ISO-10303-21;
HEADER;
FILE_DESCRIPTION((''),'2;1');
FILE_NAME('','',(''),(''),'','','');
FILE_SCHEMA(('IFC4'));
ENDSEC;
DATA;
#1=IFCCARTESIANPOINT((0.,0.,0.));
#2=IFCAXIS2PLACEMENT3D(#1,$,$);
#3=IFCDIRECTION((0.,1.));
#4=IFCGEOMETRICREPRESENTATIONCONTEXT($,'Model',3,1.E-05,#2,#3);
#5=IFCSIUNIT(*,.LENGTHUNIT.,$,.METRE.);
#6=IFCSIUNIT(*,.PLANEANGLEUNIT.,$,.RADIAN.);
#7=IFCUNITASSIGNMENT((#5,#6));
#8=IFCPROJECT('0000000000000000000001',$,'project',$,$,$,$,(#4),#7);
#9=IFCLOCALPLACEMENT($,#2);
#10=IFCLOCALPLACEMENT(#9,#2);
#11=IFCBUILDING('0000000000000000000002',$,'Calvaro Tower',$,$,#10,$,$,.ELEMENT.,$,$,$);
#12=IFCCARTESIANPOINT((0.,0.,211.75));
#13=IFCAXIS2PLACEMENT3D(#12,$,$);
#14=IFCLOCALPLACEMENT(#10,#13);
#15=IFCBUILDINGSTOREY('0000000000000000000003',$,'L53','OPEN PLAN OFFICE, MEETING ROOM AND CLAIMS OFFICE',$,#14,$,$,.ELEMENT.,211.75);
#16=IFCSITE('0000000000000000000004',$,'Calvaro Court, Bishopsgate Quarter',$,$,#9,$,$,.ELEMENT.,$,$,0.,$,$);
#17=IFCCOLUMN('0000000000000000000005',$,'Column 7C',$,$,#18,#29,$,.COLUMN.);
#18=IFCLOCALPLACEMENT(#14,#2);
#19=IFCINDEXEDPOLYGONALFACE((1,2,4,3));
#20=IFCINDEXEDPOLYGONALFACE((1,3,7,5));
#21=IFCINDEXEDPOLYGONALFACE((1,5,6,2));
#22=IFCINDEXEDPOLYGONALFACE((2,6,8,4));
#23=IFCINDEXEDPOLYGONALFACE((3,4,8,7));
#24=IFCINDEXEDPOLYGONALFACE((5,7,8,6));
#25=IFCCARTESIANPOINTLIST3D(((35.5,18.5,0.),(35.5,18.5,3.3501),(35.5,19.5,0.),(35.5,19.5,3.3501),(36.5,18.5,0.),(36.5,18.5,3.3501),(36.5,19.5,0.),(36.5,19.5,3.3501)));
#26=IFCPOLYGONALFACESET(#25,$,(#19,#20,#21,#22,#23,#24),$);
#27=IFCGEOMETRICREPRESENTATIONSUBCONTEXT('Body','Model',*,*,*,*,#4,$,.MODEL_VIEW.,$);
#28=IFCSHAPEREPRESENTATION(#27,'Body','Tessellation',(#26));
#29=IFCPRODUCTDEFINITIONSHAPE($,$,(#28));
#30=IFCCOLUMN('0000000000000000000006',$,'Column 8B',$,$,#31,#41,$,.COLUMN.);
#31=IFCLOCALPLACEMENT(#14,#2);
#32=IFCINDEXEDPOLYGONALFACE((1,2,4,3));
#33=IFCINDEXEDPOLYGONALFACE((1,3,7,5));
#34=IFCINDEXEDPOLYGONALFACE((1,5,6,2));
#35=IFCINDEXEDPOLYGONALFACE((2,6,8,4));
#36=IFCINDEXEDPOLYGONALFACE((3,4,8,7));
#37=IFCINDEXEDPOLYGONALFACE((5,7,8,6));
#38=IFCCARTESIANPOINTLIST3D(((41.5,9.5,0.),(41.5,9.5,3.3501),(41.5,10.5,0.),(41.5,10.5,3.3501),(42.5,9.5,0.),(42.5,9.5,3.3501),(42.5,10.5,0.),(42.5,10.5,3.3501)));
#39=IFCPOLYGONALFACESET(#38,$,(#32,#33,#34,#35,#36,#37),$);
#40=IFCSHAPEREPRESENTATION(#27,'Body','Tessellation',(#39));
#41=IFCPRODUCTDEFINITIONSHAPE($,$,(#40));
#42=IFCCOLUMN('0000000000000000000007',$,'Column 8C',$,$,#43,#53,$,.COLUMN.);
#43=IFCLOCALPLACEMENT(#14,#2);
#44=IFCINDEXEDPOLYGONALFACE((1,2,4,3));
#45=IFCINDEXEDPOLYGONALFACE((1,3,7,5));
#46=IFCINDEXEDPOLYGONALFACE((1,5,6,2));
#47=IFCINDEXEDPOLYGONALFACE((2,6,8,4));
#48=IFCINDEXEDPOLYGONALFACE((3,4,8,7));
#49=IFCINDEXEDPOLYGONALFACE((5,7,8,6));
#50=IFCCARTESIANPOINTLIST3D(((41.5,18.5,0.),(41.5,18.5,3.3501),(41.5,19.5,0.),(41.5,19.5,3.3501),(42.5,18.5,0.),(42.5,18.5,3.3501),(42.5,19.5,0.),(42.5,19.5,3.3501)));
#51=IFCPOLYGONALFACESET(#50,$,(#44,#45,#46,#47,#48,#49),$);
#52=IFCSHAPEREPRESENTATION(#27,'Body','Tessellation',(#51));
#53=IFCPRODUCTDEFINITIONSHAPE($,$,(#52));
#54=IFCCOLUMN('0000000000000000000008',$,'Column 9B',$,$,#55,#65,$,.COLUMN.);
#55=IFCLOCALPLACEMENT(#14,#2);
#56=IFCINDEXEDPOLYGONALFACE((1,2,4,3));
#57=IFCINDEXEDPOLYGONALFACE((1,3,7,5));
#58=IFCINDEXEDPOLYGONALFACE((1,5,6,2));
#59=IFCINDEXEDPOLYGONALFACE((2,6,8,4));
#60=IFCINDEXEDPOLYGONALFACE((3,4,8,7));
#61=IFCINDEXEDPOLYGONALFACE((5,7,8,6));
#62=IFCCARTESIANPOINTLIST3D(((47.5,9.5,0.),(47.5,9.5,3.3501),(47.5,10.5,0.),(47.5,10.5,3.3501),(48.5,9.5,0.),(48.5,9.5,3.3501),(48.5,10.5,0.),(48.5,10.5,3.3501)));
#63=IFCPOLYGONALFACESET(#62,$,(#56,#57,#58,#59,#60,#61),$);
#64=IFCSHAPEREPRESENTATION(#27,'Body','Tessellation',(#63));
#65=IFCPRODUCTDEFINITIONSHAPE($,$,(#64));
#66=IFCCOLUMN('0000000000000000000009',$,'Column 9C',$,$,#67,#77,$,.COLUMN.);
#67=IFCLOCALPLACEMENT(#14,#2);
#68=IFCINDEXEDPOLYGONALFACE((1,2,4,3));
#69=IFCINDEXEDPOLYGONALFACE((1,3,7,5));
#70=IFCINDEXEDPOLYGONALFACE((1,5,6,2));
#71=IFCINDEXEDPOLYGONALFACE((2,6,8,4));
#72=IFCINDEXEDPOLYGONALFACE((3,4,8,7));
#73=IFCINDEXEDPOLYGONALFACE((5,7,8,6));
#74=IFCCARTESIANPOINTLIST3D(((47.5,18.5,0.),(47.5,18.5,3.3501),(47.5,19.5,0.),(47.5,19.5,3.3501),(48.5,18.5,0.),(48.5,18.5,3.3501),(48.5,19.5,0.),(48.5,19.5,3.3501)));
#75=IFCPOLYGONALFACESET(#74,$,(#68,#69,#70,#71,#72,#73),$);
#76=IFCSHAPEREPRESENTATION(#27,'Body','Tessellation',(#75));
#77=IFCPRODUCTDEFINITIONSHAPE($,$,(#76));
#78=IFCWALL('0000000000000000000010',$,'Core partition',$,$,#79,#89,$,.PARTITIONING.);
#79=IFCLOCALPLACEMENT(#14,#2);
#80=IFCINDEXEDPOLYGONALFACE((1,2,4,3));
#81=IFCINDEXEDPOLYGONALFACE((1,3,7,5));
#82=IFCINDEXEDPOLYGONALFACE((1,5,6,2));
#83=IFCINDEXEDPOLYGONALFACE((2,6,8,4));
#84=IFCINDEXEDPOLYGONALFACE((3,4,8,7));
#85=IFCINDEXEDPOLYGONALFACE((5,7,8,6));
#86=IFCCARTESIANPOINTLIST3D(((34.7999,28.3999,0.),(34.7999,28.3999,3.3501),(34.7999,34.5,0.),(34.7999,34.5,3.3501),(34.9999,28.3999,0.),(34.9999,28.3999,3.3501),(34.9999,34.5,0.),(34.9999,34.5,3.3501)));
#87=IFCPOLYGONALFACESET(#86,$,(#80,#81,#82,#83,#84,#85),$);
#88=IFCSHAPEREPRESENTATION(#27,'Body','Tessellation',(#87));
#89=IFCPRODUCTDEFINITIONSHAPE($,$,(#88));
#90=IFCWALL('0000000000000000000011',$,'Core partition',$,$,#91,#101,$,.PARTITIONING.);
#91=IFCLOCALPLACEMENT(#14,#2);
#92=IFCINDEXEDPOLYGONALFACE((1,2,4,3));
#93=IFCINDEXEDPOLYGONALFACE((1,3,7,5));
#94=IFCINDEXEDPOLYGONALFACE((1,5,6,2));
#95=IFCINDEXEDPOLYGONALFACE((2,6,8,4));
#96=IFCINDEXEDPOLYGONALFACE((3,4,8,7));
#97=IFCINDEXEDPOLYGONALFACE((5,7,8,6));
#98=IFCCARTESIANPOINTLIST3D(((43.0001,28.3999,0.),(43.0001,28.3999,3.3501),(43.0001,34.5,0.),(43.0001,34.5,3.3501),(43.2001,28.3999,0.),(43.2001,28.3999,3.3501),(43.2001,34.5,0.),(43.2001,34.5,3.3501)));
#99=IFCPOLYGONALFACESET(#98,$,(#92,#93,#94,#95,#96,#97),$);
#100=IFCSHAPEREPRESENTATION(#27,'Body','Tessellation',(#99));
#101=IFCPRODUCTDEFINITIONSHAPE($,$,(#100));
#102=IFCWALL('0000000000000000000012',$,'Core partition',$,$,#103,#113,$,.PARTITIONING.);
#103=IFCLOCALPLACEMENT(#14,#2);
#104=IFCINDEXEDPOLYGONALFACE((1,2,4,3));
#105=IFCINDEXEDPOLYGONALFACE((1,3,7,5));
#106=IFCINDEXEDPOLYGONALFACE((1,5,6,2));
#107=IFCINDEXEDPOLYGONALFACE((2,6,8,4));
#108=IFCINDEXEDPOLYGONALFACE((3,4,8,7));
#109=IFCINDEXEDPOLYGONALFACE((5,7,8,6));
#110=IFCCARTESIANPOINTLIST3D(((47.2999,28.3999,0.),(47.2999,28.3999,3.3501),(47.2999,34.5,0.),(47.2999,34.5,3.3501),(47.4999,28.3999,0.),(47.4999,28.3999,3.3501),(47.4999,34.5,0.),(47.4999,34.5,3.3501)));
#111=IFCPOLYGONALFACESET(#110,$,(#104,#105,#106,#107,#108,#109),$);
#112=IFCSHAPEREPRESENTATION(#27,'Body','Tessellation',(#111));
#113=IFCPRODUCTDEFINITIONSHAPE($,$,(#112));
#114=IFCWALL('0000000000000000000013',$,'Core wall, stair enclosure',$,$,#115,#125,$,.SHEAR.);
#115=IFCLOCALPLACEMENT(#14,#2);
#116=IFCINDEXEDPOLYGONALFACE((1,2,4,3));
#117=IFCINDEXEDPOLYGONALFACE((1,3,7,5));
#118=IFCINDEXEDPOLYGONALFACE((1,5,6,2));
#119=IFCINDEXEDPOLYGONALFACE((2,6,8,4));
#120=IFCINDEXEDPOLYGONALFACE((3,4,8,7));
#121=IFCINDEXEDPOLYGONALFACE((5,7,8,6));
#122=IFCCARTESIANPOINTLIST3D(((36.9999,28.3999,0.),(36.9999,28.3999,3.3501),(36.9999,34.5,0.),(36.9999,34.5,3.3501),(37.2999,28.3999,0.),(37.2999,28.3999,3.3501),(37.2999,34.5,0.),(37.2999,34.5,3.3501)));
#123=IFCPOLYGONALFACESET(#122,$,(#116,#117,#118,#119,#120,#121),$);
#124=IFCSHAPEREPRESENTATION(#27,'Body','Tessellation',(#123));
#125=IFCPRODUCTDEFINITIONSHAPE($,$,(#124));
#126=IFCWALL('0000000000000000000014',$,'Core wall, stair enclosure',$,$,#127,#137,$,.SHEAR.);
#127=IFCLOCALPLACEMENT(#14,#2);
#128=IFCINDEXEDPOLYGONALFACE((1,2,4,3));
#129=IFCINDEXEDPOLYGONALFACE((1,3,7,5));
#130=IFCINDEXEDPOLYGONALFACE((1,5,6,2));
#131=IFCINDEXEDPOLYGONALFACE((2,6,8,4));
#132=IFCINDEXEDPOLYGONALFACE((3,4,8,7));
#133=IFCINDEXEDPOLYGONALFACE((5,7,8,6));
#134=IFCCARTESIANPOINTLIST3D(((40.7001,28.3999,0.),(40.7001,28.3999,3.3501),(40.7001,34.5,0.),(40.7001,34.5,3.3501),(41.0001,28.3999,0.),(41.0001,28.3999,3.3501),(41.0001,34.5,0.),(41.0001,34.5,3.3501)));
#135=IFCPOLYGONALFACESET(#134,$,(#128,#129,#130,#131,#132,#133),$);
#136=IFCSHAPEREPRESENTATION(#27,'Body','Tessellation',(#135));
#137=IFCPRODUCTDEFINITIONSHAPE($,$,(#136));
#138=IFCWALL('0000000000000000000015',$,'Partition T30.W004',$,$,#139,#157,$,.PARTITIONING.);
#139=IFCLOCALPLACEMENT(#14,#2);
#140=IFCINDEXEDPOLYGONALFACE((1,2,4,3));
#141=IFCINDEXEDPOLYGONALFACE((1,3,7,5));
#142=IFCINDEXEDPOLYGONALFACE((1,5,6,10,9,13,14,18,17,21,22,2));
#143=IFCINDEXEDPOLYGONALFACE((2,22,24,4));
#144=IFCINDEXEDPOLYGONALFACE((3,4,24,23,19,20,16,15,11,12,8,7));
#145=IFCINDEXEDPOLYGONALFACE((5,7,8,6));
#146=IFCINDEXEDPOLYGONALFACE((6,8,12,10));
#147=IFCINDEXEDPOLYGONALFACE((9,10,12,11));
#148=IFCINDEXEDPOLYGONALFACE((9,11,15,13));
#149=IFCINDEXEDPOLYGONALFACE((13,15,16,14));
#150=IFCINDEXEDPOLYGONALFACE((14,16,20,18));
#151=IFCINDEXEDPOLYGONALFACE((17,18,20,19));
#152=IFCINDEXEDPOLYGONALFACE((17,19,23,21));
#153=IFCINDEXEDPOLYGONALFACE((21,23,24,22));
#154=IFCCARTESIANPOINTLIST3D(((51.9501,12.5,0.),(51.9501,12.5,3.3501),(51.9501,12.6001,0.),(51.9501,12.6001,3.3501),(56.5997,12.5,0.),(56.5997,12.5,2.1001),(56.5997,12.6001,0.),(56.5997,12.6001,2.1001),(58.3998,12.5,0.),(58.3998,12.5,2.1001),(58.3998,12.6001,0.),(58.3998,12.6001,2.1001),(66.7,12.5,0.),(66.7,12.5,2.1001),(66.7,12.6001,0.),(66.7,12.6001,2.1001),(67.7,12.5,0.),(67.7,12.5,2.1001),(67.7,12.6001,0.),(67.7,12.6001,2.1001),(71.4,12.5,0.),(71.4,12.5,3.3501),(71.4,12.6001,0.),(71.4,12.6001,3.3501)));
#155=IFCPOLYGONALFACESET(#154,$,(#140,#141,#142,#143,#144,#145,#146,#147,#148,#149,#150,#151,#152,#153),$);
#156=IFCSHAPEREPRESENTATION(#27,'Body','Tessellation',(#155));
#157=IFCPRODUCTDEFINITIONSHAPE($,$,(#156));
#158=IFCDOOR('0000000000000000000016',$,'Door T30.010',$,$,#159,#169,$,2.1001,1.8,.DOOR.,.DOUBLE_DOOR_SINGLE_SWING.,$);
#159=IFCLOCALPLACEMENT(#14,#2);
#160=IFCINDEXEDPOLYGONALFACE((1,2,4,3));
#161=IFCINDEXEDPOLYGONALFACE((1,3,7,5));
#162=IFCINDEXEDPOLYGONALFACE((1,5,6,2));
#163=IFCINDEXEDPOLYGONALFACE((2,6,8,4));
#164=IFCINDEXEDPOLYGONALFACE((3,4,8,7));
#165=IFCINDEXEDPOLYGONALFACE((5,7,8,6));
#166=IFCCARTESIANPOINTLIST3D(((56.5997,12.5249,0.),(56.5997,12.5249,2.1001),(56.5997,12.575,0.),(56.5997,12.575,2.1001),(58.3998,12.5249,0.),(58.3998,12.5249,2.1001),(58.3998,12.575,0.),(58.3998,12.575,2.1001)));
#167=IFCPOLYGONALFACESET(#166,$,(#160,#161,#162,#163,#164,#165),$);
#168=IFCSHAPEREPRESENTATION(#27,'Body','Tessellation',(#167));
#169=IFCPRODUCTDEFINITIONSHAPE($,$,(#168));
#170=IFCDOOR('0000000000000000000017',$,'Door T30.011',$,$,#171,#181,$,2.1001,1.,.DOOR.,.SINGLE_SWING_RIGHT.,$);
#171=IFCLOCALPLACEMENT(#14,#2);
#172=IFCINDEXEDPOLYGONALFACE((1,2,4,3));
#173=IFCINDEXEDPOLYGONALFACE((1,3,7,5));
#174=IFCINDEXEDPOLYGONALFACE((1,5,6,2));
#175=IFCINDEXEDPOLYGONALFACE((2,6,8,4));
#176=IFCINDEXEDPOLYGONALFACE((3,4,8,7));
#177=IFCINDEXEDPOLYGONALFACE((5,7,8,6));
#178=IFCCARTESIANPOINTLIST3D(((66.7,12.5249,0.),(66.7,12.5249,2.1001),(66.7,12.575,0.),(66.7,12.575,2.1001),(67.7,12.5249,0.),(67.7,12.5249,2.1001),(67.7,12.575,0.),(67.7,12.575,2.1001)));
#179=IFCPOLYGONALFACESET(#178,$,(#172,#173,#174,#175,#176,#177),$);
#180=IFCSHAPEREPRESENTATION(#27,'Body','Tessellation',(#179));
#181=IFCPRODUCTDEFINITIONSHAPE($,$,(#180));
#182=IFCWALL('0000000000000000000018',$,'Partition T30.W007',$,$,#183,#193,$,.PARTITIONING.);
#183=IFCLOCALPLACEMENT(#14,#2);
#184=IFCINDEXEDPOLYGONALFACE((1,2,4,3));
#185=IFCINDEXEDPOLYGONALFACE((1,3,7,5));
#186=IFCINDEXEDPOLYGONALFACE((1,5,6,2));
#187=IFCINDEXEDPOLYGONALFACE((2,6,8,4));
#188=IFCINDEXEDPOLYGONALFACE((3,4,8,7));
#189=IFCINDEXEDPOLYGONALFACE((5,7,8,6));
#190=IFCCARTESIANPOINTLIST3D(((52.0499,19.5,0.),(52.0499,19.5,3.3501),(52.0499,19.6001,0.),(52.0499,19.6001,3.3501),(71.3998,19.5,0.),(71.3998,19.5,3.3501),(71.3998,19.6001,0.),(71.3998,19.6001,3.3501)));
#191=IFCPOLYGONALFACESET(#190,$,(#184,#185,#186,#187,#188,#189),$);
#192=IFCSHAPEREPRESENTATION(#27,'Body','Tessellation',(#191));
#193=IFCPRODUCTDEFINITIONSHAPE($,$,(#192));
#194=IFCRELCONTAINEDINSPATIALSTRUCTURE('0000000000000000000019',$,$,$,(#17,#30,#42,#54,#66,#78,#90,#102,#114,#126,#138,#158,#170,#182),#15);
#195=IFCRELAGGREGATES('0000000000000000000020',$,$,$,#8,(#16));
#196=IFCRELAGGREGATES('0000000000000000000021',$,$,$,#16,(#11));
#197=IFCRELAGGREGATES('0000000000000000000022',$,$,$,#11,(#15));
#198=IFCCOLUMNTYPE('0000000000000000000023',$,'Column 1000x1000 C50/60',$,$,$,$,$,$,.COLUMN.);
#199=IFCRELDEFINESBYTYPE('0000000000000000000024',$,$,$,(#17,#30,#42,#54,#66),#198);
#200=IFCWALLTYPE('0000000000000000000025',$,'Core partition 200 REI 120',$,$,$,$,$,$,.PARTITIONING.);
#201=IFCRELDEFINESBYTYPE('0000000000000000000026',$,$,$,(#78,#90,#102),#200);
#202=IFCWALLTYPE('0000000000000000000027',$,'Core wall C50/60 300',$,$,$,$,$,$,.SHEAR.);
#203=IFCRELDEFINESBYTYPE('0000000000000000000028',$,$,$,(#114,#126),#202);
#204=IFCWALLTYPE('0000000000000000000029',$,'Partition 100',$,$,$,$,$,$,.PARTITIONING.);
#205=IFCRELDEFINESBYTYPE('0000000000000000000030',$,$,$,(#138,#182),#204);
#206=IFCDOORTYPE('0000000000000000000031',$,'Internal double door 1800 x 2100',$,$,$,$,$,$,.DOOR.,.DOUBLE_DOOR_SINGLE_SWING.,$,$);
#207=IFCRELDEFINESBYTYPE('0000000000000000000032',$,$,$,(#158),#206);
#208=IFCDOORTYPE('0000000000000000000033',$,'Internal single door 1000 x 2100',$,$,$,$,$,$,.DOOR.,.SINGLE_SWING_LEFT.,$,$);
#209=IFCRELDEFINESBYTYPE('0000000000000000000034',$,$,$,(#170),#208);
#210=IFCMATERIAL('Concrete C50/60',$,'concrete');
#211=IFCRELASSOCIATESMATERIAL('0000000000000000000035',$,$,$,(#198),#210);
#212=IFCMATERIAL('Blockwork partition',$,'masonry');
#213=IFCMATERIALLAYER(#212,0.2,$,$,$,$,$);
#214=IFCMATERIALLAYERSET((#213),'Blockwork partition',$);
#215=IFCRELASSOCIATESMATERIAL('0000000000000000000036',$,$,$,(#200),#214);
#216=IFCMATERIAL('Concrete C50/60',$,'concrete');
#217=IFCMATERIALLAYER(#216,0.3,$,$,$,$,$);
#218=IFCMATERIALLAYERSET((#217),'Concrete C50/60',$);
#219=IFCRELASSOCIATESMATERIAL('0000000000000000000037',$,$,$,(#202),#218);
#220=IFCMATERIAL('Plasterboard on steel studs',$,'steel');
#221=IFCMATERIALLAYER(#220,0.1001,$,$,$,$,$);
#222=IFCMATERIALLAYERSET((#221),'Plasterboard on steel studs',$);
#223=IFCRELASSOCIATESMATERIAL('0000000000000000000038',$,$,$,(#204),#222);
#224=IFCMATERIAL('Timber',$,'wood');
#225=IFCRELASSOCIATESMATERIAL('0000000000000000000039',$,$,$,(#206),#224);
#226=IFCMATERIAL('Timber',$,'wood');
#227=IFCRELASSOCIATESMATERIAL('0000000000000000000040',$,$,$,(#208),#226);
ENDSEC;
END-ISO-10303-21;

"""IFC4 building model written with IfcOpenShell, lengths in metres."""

from ifc_helpers import new_model, si_unit, direction, frame, frame_2d, origin, origin_2d, place, context, subcontext, project, spatial, rectangle, extrude, material, layer, layer_set, material_profile, profile_set, type_object, element, fill, save


model = new_model("IFC4")

# Units and contexts
model_context = context("Model", 3, precision=1e-05, world=origin(), true_north=direction((0.0, 1.0)))
body_context = subcontext(model_context, "Body", "Model", "MODEL_VIEW")
ifc_project = project(units=[si_unit("LENGTHUNIT", "METRE"), si_unit("PLANEANGLEUNIT", "RADIAN")], contexts=[model_context])

# Site, building, storey
site_placement = place(None, origin())
site = spatial("IfcSite", under=ifc_project, at=site_placement, Name="Calvaro Court, Bishopsgate Quarter", CompositionType="ELEMENT", RefElevation=0.0)
building_placement = place(site_placement, origin())
building = spatial("IfcBuilding", under=site, at=building_placement, Name="Calvaro Tower", CompositionType="ELEMENT")
storey_placement = place(building_placement, frame((0.0, 0.0, 211.75)))
storey = spatial("IfcBuildingStorey", under=building, at=storey_placement, Name="L53", Description="OPEN PLAN OFFICE, MEETING ROOM AND CLAIMS OFFICE", CompositionType="ELEMENT", Elevation=211.75)

# Columns
ifc_material_1 = material(Name="Concrete C50/60", Category="concrete")
ifc_material_profile = material_profile(ifc_material_1, rectangle(XDim=1.0, YDim=1.0, at=origin_2d()), Name="RC 1000x1000")
ifc_profile_set = profile_set([ifc_material_profile], Name="Concrete C50/60")
column_type = type_object("IfcColumnType", Name="Column 1000x1000 C50/60", PredefinedType="COLUMN", material=ifc_profile_set)
for number, where, z_axis, x_axis, name in (
    (1, (36.0, 19.0, 0.0), (0.0, 0.0, 1.0), (1.0, 0.0, 0.0), "Column 7C"),
    (2, (42.0, 10.0, 0.0), (0.0, 0.0, 1.0), (1.0, 0.0, 0.0), "Column 8B"),
    (3, (42.0, 19.0, 0.0), (0.0, 0.0, 1.0), (1.0, 0.0, 0.0), "Column 8C"),
    (4, (48.0, 10.0, 0.0), (0.0, 0.0, 1.0), (1.0, 0.0, 0.0), "Column 9B"),
    (5, (48.0, 19.0, 0.0), (0.0, 0.0, 1.0), (1.0, 0.0, 0.0), "Column 9C"),
):
    element("IfcColumn", number, at=place(storey_placement, frame(where, z_axis=z_axis, x_axis=x_axis)), inside=storey, type_object=column_type, Name=name, PredefinedType="COLUMN", context=body_context, shape_type="SweptSolid", body=[
        extrude(rectangle(XDim=1.0, YDim=1.0, at=origin_2d()), origin(), (0.0, 0.0, 1.0), 3.3501),
    ])

# Walls
ifc_material_2 = material(Name="Blockwork partition", Category="masonry")
ifc_layer_1 = layer(ifc_material_2, 0.2)
ifc_layer_set_1 = layer_set([ifc_layer_1], Name="Blockwork partition")
wall_type_1 = type_object("IfcWallType", Name="Core partition 200 REI 120", PredefinedType="PARTITIONING", material=ifc_layer_set_1)
for number, where, z_axis, x_axis, name in (
    (6, (34.8999, 28.3999, 0.0), (0.0, 0.0, 1.0), (0.0, 1.0, 0.0), "Core partition"),
    (7, (43.1001, 28.3999, 0.0), (0.0, 0.0, 1.0), (0.0, 1.0, 0.0), "Core partition"),
    (8, (47.3999, 28.3999, 0.0), (0.0, 0.0, 1.0), (0.0, 1.0, 0.0), "Core partition"),
):
    element("IfcWall", number, at=place(storey_placement, frame(where, z_axis=z_axis, x_axis=x_axis)), inside=storey, type_object=wall_type_1, Name=name, PredefinedType="PARTITIONING", context=body_context, shape_type="SweptSolid", body=[
        extrude(rectangle(XDim=6.1001, YDim=0.2, at=frame_2d((3.05, 0.0))), origin(), (0.0, 0.0, 1.0), 3.3501),
    ])
ifc_material_3 = material(Name="Concrete C50/60", Category="concrete")
ifc_layer_2 = layer(ifc_material_3, 0.3)
ifc_layer_set_2 = layer_set([ifc_layer_2], Name="Concrete C50/60")
wall_type_2 = type_object("IfcWallType", Name="Core wall C50/60 300", PredefinedType="SHEAR", material=ifc_layer_set_2)
for number, where, z_axis, x_axis, name in (
    (9, (37.1499, 28.3999, 0.0), (0.0, 0.0, 1.0), (0.0, 1.0, 0.0), "Core wall, stair enclosure"),
    (10, (40.8501, 28.3999, 0.0), (0.0, 0.0, 1.0), (0.0, 1.0, 0.0), "Core wall, stair enclosure"),
):
    element("IfcWall", number, at=place(storey_placement, frame(where, z_axis=z_axis, x_axis=x_axis)), inside=storey, type_object=wall_type_2, Name=name, PredefinedType="SHEAR", context=body_context, shape_type="SweptSolid", body=[
        extrude(rectangle(XDim=6.1001, YDim=0.3, at=frame_2d((3.05, 0.0))), origin(), (0.0, 0.0, 1.0), 3.3501),
    ])

# Wall, openings, doors
ifc_material_4 = material(Name="Plasterboard on steel studs", Category="steel")
ifc_layer_3 = layer(ifc_material_4, 0.1001)
ifc_layer_set_3 = layer_set([ifc_layer_3], Name="Plasterboard on steel studs")
wall_type_3 = type_object("IfcWallType", Name="Partition 100", PredefinedType="PARTITIONING", material=ifc_layer_set_3)
wall_1_placement = place(storey_placement, frame((51.95, 12.55, 0.0), z_axis=(0.0, 0.0, 1.0), x_axis=(1.0, 0.0, 0.0)))
wall_1 = element("IfcWall", 11, at=wall_1_placement, inside=storey, type_object=wall_type_3, Name="Partition T30.W004", PredefinedType="PARTITIONING", context=body_context, shape_type="SweptSolid", body=[
    extrude(rectangle(XDim=19.45, YDim=0.1001, at=frame_2d((9.7251, 0.0))), origin(), (0.0, 0.0, 1.0), 3.3501),
])
opening_1_placement = place(wall_1_placement, frame((4.6499, 0.0, 0.0)))
opening_1 = element("IfcOpeningElement", 12, at=opening_1_placement, cuts=wall_1, PredefinedType="OPENING", context=body_context, shape_type="SweptSolid", body=[
    extrude(rectangle(XDim=1.8, YDim=2.1001, at=frame_2d((0.8999, 1.05))), frame((0.0, 0.0601, 0.0), z_axis=(0.0, -1.0, 0.0), x_axis=(1.0, 0.0, 0.0)), (0.0, 0.0, 1.0), 0.1201),
])
opening_2_placement = place(wall_1_placement, frame((14.75, 0.0, 0.0)))
opening_2 = element("IfcOpeningElement", 13, at=opening_2_placement, cuts=wall_1, PredefinedType="OPENING", context=body_context, shape_type="SweptSolid", body=[
    extrude(rectangle(XDim=1.0, YDim=2.1001, at=frame_2d((0.5, 1.05))), frame((0.0, 0.0601, 0.0), z_axis=(0.0, -1.0, 0.0), x_axis=(1.0, 0.0, 0.0)), (0.0, 0.0, 1.0), 0.1201),
])
ifc_material_5 = material(Name="Timber", Category="wood")
door_type_1 = type_object("IfcDoorType", Name="Internal double door 1800 x 2100", OperationType="DOUBLE_DOOR_SINGLE_SWING", PredefinedType="DOOR", material=ifc_material_5)
door_1_placement = place(opening_1_placement, origin())
door_1 = element("IfcDoor", 14, at=door_1_placement, inside=storey, type_object=door_type_1, Name="Door T30.010", OperationType="DOUBLE_DOOR_SINGLE_SWING", OverallHeight=2.1001, OverallWidth=1.8, PredefinedType="DOOR", context=body_context, shape_type="SweptSolid", body=[
    extrude(rectangle(XDim=1.8, YDim=2.1001, at=frame_2d((0.8999, 1.05))), frame((0.0, 0.0249, 0.0), z_axis=(0.0, -1.0, 0.0), x_axis=(1.0, 0.0, 0.0)), (0.0, 0.0, 1.0), 0.05),
])
fill(opening_1, door_1)
ifc_material_6 = material(Name="Timber", Category="wood")
door_type_2 = type_object("IfcDoorType", Name="Internal single door 1000 x 2100", OperationType="SINGLE_SWING_LEFT", PredefinedType="DOOR", material=ifc_material_6)
door_2_placement = place(opening_2_placement, origin())
door_2 = element("IfcDoor", 15, at=door_2_placement, inside=storey, type_object=door_type_2, Name="Door T30.011", OperationType="SINGLE_SWING_RIGHT", OverallHeight=2.1001, OverallWidth=1.0, PredefinedType="DOOR", context=body_context, shape_type="SweptSolid", body=[
    extrude(rectangle(XDim=1.0, YDim=2.1001, at=frame_2d((0.5, 1.05))), frame((0.0, 0.0249, 0.0), z_axis=(0.0, -1.0, 0.0), x_axis=(1.0, 0.0, 0.0)), (0.0, 0.0, 1.0), 0.05),
])
fill(opening_2, door_2)

# Wall
wall_2_placement = place(storey_placement, frame((52.05, 19.55, 0.0), z_axis=(0.0, 0.0, 1.0), x_axis=(1.0, 0.0, 0.0)))
element("IfcWall", 16, at=wall_2_placement, inside=storey, type_object=wall_type_3, Name="Partition T30.W007", PredefinedType="PARTITIONING", context=body_context, shape_type="SweptSolid", body=[
    extrude(rectangle(XDim=19.3499, YDim=0.1001, at=frame_2d((9.6748, 0.0))), origin(), (0.0, 0.0, 1.0), 3.3501),
])

save(model, "model.ifc")
